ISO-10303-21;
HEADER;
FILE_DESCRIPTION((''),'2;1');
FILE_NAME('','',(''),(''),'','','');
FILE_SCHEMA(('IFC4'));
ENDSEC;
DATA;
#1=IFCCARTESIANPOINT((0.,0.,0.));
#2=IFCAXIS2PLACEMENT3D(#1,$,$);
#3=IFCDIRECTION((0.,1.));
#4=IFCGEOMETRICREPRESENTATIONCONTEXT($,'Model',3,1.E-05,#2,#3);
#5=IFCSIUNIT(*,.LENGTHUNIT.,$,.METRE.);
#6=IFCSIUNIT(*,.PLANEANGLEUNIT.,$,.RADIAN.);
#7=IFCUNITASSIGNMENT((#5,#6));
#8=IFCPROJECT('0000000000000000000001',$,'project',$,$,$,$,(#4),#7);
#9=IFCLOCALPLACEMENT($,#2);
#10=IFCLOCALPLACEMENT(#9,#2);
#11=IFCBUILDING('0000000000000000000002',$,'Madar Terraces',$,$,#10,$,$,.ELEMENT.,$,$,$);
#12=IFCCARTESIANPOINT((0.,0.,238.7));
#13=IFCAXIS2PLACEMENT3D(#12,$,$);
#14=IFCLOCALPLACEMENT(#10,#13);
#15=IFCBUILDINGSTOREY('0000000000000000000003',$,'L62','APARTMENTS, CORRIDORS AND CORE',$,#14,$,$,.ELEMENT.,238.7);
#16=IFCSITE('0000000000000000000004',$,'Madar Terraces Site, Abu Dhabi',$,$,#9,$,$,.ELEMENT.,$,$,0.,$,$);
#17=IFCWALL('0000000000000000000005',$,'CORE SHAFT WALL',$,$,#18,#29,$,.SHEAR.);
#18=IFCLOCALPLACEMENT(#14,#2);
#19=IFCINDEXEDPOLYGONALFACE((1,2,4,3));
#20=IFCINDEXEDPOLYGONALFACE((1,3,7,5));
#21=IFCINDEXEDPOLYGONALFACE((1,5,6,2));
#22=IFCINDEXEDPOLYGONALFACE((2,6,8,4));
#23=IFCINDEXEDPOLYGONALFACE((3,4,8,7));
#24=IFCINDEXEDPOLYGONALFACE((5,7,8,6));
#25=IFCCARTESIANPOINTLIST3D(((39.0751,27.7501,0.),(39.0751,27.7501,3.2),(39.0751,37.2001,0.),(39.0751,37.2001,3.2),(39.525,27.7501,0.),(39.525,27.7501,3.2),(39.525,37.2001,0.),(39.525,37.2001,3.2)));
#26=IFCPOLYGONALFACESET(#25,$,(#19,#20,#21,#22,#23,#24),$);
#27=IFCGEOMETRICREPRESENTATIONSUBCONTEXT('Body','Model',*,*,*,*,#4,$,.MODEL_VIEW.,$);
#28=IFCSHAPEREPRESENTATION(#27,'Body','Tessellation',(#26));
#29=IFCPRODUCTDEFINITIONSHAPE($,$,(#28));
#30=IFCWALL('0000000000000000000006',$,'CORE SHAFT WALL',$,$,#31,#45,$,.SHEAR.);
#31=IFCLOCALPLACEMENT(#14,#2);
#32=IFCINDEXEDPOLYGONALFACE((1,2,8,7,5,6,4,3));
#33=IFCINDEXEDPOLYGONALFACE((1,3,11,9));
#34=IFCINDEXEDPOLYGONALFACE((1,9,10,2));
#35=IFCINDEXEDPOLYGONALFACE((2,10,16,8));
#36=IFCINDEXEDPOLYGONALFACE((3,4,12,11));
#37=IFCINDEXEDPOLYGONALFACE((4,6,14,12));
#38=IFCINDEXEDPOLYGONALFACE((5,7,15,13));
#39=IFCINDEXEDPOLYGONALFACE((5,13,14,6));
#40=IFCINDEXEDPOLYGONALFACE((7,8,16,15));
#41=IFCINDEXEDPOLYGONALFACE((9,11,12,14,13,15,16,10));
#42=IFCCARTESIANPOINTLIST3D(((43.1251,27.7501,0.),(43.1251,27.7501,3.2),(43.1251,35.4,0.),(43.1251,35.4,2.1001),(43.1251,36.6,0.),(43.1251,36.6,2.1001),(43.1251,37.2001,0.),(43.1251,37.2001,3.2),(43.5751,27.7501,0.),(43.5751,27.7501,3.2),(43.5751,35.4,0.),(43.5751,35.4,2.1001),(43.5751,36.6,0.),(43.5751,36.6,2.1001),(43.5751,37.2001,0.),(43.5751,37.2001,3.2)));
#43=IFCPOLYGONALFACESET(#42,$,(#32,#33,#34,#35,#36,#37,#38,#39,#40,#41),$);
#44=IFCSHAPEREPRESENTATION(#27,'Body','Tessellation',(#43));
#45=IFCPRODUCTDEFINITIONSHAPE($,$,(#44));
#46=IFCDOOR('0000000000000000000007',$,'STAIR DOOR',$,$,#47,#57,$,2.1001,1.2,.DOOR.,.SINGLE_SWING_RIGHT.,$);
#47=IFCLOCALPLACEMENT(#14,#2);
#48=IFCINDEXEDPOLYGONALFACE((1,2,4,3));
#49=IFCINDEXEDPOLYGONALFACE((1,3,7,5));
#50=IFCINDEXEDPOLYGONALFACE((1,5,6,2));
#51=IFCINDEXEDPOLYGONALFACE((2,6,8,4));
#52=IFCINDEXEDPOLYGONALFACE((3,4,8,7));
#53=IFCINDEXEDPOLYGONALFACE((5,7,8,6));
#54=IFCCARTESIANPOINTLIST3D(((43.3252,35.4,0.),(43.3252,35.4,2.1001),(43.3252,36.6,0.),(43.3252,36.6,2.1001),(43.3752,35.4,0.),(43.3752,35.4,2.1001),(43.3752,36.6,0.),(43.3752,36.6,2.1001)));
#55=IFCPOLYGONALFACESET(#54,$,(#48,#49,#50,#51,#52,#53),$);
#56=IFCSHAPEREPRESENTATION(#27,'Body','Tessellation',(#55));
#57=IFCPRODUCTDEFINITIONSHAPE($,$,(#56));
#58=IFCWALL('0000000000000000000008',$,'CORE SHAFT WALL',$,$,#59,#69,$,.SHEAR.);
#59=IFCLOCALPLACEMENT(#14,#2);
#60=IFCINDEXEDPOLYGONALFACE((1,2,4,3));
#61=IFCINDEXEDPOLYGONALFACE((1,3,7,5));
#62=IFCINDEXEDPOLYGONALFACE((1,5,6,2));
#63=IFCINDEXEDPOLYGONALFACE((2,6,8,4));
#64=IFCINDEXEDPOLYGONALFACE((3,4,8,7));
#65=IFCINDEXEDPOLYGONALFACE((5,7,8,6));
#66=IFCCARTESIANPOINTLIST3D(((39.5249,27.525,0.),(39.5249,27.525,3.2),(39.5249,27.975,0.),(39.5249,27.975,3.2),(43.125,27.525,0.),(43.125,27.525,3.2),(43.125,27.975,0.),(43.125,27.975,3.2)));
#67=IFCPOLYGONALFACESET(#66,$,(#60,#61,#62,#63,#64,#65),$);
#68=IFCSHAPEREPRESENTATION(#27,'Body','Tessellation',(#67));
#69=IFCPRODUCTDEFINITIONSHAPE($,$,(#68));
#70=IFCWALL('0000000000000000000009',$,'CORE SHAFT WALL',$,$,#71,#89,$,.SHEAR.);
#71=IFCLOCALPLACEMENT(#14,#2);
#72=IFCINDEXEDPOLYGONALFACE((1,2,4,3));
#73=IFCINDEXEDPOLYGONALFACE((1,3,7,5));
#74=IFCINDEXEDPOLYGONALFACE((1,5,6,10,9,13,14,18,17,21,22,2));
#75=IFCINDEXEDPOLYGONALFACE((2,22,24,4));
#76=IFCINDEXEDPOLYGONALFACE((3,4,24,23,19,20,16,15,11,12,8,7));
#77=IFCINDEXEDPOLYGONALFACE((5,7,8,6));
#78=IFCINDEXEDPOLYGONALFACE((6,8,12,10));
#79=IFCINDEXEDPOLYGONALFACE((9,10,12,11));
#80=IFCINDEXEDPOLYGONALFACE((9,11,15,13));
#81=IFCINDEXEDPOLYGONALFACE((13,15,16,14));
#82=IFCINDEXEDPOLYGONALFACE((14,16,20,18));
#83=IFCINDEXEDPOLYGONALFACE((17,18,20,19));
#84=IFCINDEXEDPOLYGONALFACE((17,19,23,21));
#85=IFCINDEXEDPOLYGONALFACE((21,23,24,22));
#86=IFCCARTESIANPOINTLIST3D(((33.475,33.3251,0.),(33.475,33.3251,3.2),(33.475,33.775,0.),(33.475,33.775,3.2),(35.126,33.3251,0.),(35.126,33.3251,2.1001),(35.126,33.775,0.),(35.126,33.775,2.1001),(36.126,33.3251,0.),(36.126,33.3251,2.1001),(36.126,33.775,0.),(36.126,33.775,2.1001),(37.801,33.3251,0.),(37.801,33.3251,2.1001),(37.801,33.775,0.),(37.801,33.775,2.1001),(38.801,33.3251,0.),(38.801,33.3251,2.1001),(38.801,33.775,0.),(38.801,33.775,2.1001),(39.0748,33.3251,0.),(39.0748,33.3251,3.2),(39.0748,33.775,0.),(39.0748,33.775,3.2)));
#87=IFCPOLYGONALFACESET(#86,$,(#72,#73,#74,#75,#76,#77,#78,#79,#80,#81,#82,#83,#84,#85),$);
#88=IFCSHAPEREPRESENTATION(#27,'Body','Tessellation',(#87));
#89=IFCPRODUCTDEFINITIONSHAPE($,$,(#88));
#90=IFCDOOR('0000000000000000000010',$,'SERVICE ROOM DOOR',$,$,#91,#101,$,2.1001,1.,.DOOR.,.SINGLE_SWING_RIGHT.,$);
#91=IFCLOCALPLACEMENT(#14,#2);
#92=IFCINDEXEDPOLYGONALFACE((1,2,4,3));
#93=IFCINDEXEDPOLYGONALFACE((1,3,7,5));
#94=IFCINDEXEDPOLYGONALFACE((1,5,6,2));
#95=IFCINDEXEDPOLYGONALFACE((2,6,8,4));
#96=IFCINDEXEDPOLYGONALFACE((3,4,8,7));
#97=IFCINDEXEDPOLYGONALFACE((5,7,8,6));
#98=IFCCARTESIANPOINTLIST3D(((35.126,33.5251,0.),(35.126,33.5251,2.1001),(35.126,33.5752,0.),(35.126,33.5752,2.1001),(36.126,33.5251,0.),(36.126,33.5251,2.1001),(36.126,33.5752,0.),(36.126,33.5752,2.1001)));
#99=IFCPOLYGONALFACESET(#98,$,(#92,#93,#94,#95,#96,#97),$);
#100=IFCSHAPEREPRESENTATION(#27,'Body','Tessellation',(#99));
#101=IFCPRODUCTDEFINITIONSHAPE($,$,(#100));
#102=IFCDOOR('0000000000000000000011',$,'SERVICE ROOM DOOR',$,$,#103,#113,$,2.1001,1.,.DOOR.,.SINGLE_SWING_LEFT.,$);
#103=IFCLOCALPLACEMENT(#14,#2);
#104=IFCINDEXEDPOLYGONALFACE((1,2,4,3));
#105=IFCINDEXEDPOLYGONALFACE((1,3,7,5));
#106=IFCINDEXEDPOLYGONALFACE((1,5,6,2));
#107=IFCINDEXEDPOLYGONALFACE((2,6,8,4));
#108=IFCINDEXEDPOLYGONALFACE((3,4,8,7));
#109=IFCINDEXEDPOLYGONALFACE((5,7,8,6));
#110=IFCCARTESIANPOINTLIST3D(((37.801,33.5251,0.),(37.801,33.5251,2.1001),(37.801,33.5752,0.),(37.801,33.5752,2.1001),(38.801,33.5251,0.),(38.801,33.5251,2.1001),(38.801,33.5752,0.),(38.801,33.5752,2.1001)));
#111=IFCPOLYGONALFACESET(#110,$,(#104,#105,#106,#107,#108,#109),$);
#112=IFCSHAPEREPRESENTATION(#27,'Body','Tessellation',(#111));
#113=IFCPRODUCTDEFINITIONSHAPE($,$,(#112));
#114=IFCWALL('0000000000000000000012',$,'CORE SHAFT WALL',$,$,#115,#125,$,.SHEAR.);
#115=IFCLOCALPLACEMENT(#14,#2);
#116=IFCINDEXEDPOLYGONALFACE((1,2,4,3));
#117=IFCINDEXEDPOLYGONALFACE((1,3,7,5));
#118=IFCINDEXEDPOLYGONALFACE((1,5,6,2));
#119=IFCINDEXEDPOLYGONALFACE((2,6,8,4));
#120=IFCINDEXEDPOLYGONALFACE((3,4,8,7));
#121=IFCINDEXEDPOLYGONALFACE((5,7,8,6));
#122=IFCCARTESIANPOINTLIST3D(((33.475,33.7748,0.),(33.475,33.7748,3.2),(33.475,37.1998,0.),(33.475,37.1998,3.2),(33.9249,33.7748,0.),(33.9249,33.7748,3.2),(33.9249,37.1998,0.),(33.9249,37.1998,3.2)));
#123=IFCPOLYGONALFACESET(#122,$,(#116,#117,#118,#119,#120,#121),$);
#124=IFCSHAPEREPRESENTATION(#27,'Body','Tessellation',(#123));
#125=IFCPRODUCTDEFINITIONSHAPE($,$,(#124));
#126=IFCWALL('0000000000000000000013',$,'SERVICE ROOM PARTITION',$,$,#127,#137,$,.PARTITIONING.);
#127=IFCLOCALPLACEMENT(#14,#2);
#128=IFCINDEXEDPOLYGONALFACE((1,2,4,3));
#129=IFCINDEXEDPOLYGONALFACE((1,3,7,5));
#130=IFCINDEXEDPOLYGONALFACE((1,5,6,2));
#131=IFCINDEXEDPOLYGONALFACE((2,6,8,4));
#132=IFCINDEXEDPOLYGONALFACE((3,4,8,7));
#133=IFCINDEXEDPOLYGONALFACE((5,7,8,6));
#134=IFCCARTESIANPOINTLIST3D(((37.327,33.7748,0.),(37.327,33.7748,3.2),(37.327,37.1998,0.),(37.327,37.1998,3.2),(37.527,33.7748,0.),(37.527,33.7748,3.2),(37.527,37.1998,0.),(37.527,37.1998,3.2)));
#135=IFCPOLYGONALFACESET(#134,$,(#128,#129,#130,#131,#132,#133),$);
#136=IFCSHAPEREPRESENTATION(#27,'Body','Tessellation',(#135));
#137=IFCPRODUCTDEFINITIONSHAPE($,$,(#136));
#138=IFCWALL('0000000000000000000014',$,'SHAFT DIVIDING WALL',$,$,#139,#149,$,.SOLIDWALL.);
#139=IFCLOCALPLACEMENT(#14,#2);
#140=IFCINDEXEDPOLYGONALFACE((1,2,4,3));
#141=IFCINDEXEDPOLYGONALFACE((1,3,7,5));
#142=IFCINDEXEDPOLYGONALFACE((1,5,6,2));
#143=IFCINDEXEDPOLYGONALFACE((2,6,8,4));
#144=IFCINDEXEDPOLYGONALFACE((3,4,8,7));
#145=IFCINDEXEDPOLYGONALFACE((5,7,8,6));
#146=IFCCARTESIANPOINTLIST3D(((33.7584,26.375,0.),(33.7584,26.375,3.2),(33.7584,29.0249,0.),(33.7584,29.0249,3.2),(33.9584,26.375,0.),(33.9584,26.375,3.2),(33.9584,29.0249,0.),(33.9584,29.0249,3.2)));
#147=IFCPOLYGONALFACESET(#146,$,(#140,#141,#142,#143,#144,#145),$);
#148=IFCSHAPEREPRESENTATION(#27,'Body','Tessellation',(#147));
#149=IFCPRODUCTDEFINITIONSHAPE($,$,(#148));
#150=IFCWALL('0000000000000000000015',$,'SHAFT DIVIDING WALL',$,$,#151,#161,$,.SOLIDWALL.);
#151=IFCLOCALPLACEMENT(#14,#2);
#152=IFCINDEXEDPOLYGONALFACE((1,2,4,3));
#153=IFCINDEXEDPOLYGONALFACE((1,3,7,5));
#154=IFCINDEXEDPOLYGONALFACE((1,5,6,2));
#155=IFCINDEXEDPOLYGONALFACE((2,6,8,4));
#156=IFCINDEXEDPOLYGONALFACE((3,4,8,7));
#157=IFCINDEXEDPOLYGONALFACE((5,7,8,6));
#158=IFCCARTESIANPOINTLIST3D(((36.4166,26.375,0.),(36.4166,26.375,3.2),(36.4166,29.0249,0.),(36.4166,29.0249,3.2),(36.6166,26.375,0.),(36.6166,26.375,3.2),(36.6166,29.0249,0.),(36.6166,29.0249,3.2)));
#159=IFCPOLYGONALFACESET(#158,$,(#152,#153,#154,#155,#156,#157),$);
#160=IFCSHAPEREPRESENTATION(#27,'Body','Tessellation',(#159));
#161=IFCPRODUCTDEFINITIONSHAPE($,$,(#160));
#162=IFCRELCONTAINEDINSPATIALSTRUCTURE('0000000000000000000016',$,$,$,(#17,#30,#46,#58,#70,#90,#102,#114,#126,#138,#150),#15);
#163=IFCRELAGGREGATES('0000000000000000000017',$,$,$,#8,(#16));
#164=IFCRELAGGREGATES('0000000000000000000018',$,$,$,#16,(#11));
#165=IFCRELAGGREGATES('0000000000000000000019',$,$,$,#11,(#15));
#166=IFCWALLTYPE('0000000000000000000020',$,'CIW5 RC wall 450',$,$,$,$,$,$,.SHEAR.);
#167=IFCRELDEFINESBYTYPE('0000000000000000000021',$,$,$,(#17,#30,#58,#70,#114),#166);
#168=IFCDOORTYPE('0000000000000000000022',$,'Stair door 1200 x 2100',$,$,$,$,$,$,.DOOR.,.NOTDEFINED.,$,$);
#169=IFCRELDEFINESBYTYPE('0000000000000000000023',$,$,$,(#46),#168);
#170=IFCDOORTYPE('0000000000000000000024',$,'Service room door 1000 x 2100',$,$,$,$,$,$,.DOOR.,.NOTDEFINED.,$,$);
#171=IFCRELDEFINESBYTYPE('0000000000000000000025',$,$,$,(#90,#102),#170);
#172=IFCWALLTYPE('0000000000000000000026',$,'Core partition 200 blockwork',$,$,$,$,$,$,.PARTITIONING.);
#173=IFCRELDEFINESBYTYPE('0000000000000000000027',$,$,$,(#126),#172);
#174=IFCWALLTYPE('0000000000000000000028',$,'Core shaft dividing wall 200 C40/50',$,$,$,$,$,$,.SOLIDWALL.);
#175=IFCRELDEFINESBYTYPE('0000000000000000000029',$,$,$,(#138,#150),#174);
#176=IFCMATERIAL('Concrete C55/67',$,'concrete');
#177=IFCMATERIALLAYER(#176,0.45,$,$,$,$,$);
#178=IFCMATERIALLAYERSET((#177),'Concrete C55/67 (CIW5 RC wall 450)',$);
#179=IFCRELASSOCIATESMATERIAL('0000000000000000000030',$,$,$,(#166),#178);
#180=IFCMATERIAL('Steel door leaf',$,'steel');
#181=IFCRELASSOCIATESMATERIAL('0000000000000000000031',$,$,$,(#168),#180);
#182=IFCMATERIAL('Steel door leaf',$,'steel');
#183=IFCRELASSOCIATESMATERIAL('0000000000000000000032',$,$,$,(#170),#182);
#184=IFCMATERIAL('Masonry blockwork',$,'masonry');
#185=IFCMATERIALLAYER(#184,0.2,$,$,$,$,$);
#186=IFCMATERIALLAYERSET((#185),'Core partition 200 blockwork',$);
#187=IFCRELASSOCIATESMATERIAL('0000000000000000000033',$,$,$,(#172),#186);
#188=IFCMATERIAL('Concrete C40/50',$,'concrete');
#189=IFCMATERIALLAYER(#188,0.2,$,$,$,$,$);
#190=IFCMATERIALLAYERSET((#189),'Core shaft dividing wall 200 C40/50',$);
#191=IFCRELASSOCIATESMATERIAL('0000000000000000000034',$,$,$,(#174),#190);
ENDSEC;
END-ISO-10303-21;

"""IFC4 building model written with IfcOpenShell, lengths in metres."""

from ifc_helpers import new_model, si_unit, direction, frame, frame_2d, origin, place, context, subcontext, project, spatial, rectangle, extrude, material, layer, layer_set, type_object, element, fill, save


model = new_model("IFC4")

# Units and contexts
model_context = context("Model", 3, precision=1e-05, world=origin(), true_north=direction((0.0, 1.0)))
body_context = subcontext(model_context, "Body", "Model", "MODEL_VIEW")
ifc_project = project(units=[si_unit("LENGTHUNIT", "METRE"), si_unit("PLANEANGLEUNIT", "RADIAN")], contexts=[model_context])

# Site, building, storey
site_placement = place(None, origin())
site = spatial("IfcSite", under=ifc_project, at=site_placement, Name="Madar Terraces Site, Abu Dhabi", CompositionType="ELEMENT", RefElevation=0.0)
building_placement = place(site_placement, origin())
building = spatial("IfcBuilding", under=site, at=building_placement, Name="Madar Terraces", CompositionType="ELEMENT")
storey_placement = place(building_placement, frame((0.0, 0.0, 238.7)))
storey = spatial("IfcBuildingStorey", under=building, at=storey_placement, Name="L62", Description="APARTMENTS, CORRIDORS AND CORE", CompositionType="ELEMENT", Elevation=238.7)

# Wall
ifc_material_1 = material(Name="Concrete C55/67", Category="concrete")
ifc_layer_1 = layer(ifc_material_1, 0.45)
ifc_layer_set_1 = layer_set([ifc_layer_1], Name="Concrete C55/67 (CIW5 RC wall 450)")
wall_type_1 = type_object("IfcWallType", Name="CIW5 RC wall 450", PredefinedType="SHEAR", material=ifc_layer_set_1)
wall_1_placement = place(storey_placement, frame((39.3, 27.75, 0.0), z_axis=(0.0, 0.0, 1.0), x_axis=(0.0, 1.0, 0.0)))
element("IfcWall", 1, at=wall_1_placement, inside=storey, type_object=wall_type_1, Name="CORE SHAFT WALL", PredefinedType="SHEAR", context=body_context, shape_type="SweptSolid", body=[
    extrude(rectangle(XDim=9.45, YDim=0.45, at=frame_2d((4.7251, 0.0))), origin(), (0.0, 0.0, 1.0), 3.2),
])

# Wall, opening, door
wall_2_placement = place(storey_placement, frame((43.3501, 27.75, 0.0), z_axis=(0.0, 0.0, 1.0), x_axis=(0.0, 1.0, 0.0)))
wall_2 = element("IfcWall", 2, at=wall_2_placement, inside=storey, type_object=wall_type_1, Name="CORE SHAFT WALL", PredefinedType="SHEAR", context=body_context, shape_type="SweptSolid", body=[
    extrude(rectangle(XDim=9.45, YDim=0.45, at=frame_2d((4.7251, 0.0))), origin(), (0.0, 0.0, 1.0), 3.2),
])
opening_1_placement = place(wall_2_placement, frame((7.6499, 0.0, 0.0)))
opening_1 = element("IfcOpeningElement", 3, at=opening_1_placement, cuts=wall_2, PredefinedType="OPENING", context=body_context, shape_type="SweptSolid", body=[
    extrude(rectangle(XDim=1.2, YDim=2.1001, at=frame_2d((0.6001, 1.05))), frame((0.0, 0.2349, 0.0), z_axis=(0.0, -1.0, 0.0), x_axis=(1.0, 0.0, 0.0)), (0.0, 0.0, 1.0), 0.47),
])
ifc_material_2 = material(Name="Steel door leaf", Category="steel")
door_type_1 = type_object("IfcDoorType", Name="Stair door 1200 x 2100", OperationType="NOTDEFINED", PredefinedType="DOOR", material=ifc_material_2)
door_1_placement = place(opening_1_placement, origin())
door_1 = element("IfcDoor", 4, at=door_1_placement, inside=storey, type_object=door_type_1, Name="STAIR DOOR", OperationType="SINGLE_SWING_RIGHT", OverallHeight=2.1001, OverallWidth=1.2, PredefinedType="DOOR", context=body_context, shape_type="SweptSolid", body=[
    extrude(rectangle(XDim=1.2, YDim=2.1001, at=frame_2d((0.6001, 1.05))), frame((0.0, 0.0249, 0.0), z_axis=(0.0, -1.0, 0.0), x_axis=(1.0, 0.0, 0.0)), (0.0, 0.0, 1.0), 0.05),
])
fill(opening_1, door_1)

# Wall
wall_3_placement = place(storey_placement, frame((39.5249, 27.75, 0.0), z_axis=(0.0, 0.0, 1.0), x_axis=(1.0, 0.0, 0.0)))
element("IfcWall", 5, at=wall_3_placement, inside=storey, type_object=wall_type_1, Name="CORE SHAFT WALL", PredefinedType="SHEAR", context=body_context, shape_type="SweptSolid", body=[
    extrude(rectangle(XDim=3.6001, YDim=0.45, at=frame_2d((1.8, 0.0))), origin(), (0.0, 0.0, 1.0), 3.2),
])

# Wall, openings, doors
wall_4_placement = place(storey_placement, frame((33.4751, 33.55, 0.0), z_axis=(0.0, 0.0, 1.0), x_axis=(1.0, 0.0, 0.0)))
wall_4 = element("IfcWall", 6, at=wall_4_placement, inside=storey, type_object=wall_type_1, Name="CORE SHAFT WALL", PredefinedType="SHEAR", context=body_context, shape_type="SweptSolid", body=[
    extrude(rectangle(XDim=5.5999, YDim=0.45, at=frame_2d((2.7998, 0.0))), origin(), (0.0, 0.0, 1.0), 3.2),
])
opening_2_placement = place(wall_4_placement, frame((1.6509, 0.0, 0.0)))
opening_2 = element("IfcOpeningElement", 7, at=opening_2_placement, cuts=wall_4, PredefinedType="OPENING", context=body_context, shape_type="SweptSolid", body=[
    extrude(rectangle(XDim=1.0, YDim=2.1001, at=frame_2d((0.5, 1.05))), frame((0.0, 0.2349, 0.0), z_axis=(0.0, -1.0, 0.0), x_axis=(1.0, 0.0, 0.0)), (0.0, 0.0, 1.0), 0.47),
])
opening_3_placement = place(wall_4_placement, frame((4.3259, 0.0, 0.0)))
opening_3 = element("IfcOpeningElement", 8, at=opening_3_placement, cuts=wall_4, PredefinedType="OPENING", context=body_context, shape_type="SweptSolid", body=[
    extrude(rectangle(XDim=1.0, YDim=2.1001, at=frame_2d((0.5, 1.05))), frame((0.0, 0.2349, 0.0), z_axis=(0.0, -1.0, 0.0), x_axis=(1.0, 0.0, 0.0)), (0.0, 0.0, 1.0), 0.47),
])
ifc_material_3 = material(Name="Steel door leaf", Category="steel")
door_type_2 = type_object("IfcDoorType", Name="Service room door 1000 x 2100", OperationType="NOTDEFINED", PredefinedType="DOOR", material=ifc_material_3)
door_2_placement = place(opening_2_placement, frame((1.0, 0.0, 0.0), z_axis=(0.0, 0.0, 1.0), x_axis=(-1.0, 0.0, 0.0)))
door_2 = element("IfcDoor", 9, at=door_2_placement, inside=storey, type_object=door_type_2, Name="SERVICE ROOM DOOR", OperationType="SINGLE_SWING_RIGHT", OverallHeight=2.1001, OverallWidth=1.0, PredefinedType="DOOR", context=body_context, shape_type="SweptSolid", body=[
    extrude(rectangle(XDim=1.0, YDim=2.1001, at=frame_2d((0.5, 1.05))), frame((0.0, 0.0249, 0.0), z_axis=(0.0, -1.0, 0.0), x_axis=(1.0, 0.0, 0.0)), (0.0, 0.0, 1.0), 0.05),
])
fill(opening_2, door_2)
door_3_placement = place(opening_3_placement, frame((1.0, 0.0, 0.0), z_axis=(0.0, 0.0, 1.0), x_axis=(-1.0, 0.0, 0.0)))
door_3 = element("IfcDoor", 10, at=door_3_placement, inside=storey, type_object=door_type_2, Name="SERVICE ROOM DOOR", OperationType="SINGLE_SWING_LEFT", OverallHeight=2.1001, OverallWidth=1.0, PredefinedType="DOOR", context=body_context, shape_type="SweptSolid", body=[
    extrude(rectangle(XDim=1.0, YDim=2.1001, at=frame_2d((0.5, 1.05))), frame((0.0, 0.0249, 0.0), z_axis=(0.0, -1.0, 0.0), x_axis=(1.0, 0.0, 0.0)), (0.0, 0.0, 1.0), 0.05),
])
fill(opening_3, door_3)

# Walls
wall_5_placement = place(storey_placement, frame((33.7, 33.7749, 0.0), z_axis=(0.0, 0.0, 1.0), x_axis=(0.0, 1.0, 0.0)))
element("IfcWall", 11, at=wall_5_placement, inside=storey, type_object=wall_type_1, Name="CORE SHAFT WALL", PredefinedType="SHEAR", context=body_context, shape_type="SweptSolid", body=[
    extrude(rectangle(XDim=3.425, YDim=0.45, at=frame_2d((1.7124, 0.0))), origin(), (0.0, 0.0, 1.0), 3.2),
])
ifc_material_4 = material(Name="Masonry blockwork", Category="masonry")
ifc_layer_2 = layer(ifc_material_4, 0.2)
ifc_layer_set_2 = layer_set([ifc_layer_2], Name="Core partition 200 blockwork")
wall_type_2 = type_object("IfcWallType", Name="Core partition 200 blockwork", PredefinedType="PARTITIONING", material=ifc_layer_set_2)
wall_6_placement = place(storey_placement, frame((37.427, 33.7749, 0.0), z_axis=(0.0, 0.0, 1.0), x_axis=(0.0, 1.0, 0.0)))
element("IfcWall", 12, at=wall_6_placement, inside=storey, type_object=wall_type_2, Name="SERVICE ROOM PARTITION", PredefinedType="PARTITIONING", context=body_context, shape_type="SweptSolid", body=[
    extrude(rectangle(XDim=3.425, YDim=0.2, at=frame_2d((1.7124, 0.0))), origin(), (0.0, 0.0, 1.0), 3.2),
])
ifc_material_5 = material(Name="Concrete C40/50", Category="concrete")
ifc_layer_3 = layer(ifc_material_5, 0.2)
ifc_layer_set_3 = layer_set([ifc_layer_3], Name="Core shaft dividing wall 200 C40/50")
wall_type_3 = type_object("IfcWallType", Name="Core shaft dividing wall 200 C40/50", PredefinedType="SOLIDWALL", material=ifc_layer_set_3)
for number, where, z_axis, x_axis, name in (
    (13, (33.8584, 26.375, 0.0), (0.0, 0.0, 1.0), (0.0, 1.0, 0.0), "SHAFT DIVIDING WALL"),
    (14, (36.5166, 26.375, 0.0), (0.0, 0.0, 1.0), (0.0, 1.0, 0.0), "SHAFT DIVIDING WALL"),
):
    element("IfcWall", number, at=place(storey_placement, frame(where, z_axis=z_axis, x_axis=x_axis)), inside=storey, type_object=wall_type_3, Name=name, PredefinedType="SOLIDWALL", context=body_context, shape_type="SweptSolid", body=[
        extrude(rectangle(XDim=2.6499, YDim=0.2, at=frame_2d((1.325, 0.0))), origin(), (0.0, 0.0, 1.0), 3.2),
    ])

save(model, "model.ifc")
